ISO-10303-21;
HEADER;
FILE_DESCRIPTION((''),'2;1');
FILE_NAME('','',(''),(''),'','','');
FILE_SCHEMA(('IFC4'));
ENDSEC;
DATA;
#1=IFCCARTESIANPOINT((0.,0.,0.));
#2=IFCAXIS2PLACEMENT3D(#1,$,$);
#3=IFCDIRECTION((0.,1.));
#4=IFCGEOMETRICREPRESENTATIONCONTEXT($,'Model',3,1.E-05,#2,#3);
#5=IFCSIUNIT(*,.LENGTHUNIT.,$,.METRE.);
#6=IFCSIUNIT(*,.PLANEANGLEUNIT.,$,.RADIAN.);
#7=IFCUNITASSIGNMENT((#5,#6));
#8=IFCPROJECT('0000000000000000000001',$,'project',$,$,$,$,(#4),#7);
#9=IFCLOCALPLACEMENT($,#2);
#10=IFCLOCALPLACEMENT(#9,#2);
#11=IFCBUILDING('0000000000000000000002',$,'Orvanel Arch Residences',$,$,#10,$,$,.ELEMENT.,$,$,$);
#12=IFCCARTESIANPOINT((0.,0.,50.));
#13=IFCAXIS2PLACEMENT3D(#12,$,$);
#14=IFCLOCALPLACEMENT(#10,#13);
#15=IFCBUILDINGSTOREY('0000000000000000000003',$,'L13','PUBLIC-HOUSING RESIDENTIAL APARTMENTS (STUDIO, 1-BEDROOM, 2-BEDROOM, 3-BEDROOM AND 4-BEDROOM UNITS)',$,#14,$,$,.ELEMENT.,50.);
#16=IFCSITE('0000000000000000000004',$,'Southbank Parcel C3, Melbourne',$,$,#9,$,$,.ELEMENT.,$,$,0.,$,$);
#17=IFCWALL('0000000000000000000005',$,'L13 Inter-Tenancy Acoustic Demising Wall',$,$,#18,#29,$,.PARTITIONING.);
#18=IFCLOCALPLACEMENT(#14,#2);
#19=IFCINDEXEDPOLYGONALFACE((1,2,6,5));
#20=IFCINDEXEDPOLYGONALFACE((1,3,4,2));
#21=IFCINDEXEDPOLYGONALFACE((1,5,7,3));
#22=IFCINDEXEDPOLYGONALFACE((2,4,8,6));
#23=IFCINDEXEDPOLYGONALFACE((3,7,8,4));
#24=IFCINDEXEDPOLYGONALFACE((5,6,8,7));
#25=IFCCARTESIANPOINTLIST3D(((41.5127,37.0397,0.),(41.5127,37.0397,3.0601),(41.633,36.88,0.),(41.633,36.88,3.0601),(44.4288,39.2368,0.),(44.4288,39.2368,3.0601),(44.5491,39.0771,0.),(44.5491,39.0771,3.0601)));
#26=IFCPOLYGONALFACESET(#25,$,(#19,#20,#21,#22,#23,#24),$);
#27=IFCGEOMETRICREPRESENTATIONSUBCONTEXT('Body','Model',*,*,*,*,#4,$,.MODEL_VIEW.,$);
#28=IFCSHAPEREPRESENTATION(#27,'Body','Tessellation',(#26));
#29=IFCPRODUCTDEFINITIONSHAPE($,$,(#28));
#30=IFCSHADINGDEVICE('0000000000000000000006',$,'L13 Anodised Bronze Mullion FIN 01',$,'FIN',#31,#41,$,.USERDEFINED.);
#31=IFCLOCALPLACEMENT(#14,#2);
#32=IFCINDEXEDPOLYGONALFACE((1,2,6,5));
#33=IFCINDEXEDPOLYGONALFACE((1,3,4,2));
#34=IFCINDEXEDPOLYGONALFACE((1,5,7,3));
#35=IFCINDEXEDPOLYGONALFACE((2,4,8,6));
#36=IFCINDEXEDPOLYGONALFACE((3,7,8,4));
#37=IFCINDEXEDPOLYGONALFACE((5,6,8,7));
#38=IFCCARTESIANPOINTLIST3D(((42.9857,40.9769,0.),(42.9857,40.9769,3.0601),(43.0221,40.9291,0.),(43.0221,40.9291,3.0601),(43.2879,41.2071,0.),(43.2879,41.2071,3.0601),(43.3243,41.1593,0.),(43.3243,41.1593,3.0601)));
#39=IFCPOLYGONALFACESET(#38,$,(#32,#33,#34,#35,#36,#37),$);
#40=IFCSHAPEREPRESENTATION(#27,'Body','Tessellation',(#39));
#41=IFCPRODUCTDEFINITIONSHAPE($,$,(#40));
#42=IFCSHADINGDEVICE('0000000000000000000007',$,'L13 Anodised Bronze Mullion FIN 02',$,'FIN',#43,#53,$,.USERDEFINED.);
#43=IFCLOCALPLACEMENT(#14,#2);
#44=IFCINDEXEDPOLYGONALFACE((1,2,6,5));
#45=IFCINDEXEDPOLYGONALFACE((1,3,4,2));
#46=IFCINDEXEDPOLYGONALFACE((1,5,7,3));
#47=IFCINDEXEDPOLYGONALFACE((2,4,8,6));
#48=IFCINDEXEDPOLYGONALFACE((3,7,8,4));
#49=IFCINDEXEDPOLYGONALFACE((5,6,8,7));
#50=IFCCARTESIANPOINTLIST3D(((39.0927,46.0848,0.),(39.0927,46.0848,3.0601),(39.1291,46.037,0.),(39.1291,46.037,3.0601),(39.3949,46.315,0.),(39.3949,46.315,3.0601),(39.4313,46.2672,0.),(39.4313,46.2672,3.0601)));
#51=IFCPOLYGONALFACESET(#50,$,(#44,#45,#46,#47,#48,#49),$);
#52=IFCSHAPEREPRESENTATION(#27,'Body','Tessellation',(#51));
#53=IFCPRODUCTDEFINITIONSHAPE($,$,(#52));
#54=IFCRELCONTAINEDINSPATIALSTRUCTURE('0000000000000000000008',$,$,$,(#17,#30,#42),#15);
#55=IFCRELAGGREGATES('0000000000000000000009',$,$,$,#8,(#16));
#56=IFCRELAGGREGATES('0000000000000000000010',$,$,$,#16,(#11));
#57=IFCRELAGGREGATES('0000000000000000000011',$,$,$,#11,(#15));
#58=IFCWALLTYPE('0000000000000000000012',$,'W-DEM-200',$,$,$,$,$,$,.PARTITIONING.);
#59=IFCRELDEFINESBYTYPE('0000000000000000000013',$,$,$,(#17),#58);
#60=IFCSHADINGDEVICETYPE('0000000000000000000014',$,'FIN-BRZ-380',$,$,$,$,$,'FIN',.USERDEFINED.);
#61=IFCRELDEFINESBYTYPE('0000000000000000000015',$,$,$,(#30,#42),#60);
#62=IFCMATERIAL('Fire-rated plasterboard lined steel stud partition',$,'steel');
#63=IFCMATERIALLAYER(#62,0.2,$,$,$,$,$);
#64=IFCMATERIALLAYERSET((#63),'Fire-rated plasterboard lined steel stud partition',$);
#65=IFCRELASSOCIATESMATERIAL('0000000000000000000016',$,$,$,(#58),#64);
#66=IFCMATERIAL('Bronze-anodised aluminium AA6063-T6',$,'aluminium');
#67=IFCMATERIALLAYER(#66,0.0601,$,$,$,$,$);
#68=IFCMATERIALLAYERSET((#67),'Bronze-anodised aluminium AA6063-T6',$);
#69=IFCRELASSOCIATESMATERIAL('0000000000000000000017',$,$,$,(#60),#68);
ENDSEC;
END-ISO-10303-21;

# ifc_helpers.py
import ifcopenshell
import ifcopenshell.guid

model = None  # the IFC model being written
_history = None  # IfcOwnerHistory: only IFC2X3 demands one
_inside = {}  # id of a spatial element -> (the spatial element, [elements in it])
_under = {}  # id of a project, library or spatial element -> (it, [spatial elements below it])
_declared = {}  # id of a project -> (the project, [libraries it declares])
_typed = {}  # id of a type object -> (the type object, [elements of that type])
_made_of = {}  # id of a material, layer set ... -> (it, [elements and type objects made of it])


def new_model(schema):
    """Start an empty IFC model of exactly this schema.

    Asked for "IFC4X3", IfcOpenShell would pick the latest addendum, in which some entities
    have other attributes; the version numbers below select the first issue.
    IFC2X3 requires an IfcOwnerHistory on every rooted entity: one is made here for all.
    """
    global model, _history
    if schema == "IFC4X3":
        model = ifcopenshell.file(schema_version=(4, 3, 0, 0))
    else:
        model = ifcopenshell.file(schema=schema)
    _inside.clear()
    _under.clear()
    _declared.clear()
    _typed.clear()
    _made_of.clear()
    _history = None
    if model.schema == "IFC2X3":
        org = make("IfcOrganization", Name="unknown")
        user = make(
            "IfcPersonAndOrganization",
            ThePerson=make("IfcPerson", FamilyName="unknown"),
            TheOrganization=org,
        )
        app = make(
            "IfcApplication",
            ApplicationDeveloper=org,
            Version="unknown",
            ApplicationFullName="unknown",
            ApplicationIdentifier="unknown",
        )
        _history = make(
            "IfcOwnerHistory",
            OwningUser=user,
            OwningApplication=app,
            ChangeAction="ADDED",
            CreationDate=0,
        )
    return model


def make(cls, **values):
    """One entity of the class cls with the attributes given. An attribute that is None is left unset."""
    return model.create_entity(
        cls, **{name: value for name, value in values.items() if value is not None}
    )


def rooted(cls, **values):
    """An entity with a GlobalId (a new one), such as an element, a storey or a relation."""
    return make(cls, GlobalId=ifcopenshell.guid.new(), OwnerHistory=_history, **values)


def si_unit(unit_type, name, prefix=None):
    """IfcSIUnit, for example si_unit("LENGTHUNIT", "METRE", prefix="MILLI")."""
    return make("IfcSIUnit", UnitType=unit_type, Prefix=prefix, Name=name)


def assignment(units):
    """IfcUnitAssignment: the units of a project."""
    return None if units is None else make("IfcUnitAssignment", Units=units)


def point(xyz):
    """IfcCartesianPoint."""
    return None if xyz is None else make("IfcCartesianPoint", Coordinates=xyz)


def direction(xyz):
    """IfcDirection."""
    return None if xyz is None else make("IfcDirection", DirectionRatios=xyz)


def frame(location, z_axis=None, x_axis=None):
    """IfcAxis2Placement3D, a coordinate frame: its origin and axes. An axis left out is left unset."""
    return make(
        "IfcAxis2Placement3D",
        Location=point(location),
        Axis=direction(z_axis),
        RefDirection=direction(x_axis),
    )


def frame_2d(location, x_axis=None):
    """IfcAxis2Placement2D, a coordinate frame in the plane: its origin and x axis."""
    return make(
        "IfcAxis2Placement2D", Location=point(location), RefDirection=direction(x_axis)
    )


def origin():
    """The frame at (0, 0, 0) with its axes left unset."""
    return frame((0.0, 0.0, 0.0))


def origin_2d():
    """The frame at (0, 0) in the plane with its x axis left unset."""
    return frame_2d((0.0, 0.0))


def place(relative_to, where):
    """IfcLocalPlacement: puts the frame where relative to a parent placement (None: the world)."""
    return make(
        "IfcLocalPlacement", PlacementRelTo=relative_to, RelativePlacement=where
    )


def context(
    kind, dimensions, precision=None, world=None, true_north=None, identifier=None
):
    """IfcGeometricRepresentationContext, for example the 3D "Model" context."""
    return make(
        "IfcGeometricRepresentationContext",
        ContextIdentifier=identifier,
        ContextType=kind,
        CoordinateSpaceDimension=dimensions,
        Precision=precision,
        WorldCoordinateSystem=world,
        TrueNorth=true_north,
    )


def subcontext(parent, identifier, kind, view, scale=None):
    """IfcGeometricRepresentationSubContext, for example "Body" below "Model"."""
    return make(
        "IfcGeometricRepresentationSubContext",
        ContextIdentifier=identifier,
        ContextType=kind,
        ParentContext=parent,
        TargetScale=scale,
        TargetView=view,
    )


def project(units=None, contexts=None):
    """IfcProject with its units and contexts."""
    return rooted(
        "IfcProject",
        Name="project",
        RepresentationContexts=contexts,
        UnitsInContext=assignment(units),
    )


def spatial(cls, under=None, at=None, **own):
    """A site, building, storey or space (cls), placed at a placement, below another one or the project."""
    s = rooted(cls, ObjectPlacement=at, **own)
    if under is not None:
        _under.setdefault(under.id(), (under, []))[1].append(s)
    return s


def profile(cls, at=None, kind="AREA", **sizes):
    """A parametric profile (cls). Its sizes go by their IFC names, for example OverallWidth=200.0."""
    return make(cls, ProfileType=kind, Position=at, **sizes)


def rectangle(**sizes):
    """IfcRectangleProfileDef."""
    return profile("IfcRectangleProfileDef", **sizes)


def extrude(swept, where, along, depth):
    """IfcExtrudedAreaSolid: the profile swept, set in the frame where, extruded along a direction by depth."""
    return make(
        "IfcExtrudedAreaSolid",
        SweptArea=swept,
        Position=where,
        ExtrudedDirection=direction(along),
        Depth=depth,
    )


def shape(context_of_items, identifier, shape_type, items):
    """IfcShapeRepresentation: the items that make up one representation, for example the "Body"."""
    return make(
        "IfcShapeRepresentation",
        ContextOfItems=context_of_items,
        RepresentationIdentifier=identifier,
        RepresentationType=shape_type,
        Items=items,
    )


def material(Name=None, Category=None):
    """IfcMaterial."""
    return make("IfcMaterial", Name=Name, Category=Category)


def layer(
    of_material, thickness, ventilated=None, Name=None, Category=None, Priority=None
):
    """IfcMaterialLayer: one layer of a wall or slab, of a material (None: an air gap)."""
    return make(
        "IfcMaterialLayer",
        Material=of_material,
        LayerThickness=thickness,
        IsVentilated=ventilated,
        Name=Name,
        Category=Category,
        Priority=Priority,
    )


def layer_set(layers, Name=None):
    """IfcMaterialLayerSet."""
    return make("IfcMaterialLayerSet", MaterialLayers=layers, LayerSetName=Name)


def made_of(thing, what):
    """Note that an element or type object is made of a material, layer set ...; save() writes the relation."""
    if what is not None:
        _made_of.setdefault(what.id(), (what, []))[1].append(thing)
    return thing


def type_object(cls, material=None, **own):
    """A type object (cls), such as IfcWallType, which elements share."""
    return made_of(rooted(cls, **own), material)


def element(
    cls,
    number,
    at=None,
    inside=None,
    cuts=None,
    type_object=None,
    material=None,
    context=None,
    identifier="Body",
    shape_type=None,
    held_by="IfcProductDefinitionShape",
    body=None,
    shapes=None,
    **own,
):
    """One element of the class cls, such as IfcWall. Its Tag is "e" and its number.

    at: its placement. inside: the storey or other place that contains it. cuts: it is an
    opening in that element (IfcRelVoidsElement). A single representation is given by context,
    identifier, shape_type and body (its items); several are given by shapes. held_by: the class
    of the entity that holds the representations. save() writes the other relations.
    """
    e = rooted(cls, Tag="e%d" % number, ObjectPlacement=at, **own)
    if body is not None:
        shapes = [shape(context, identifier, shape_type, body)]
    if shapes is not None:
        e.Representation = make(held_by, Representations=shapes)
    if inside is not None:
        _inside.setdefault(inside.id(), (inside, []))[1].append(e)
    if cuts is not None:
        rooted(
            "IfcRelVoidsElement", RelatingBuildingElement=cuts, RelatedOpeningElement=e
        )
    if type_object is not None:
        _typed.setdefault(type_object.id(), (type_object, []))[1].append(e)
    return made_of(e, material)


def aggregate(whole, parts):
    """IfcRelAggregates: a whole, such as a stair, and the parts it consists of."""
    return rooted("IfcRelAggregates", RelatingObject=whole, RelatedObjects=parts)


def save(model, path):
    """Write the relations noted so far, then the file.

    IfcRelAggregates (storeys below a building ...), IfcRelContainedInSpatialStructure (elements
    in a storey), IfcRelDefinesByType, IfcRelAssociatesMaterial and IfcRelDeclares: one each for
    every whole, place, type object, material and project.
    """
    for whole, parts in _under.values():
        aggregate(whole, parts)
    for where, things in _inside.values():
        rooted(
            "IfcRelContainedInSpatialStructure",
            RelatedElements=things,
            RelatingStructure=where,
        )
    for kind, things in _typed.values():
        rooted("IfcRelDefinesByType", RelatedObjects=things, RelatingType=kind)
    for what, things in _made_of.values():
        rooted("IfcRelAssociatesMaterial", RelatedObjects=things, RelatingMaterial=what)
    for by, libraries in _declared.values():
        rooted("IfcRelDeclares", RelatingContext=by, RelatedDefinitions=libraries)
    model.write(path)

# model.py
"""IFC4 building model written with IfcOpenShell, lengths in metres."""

from ifc_helpers import new_model, si_unit, direction, frame, frame_2d, origin, origin_2d, place, context, subcontext, project, spatial, rectangle, extrude, material, layer, layer_set, type_object, element, save


model = new_model("IFC4")

# Units and contexts
model_context = context("Model", 3, precision=1e-05, world=origin(), true_north=direction((0.0, 1.0)))
body_context = subcontext(model_context, "Body", "Model", "MODEL_VIEW")
ifc_project = project(units=[si_unit("LENGTHUNIT", "METRE"), si_unit("PLANEANGLEUNIT", "RADIAN")], contexts=[model_context])

# Site, building, storey
site_placement = place(None, origin())
site = spatial("IfcSite", under=ifc_project, at=site_placement, Name="Southbank Parcel C3, Melbourne", CompositionType="ELEMENT", RefElevation=0.0)
building_placement = place(site_placement, origin())
building = spatial("IfcBuilding", under=site, at=building_placement, Name="Orvanel Arch Residences", CompositionType="ELEMENT")
storey_placement = place(building_placement, frame((0.0, 0.0, 50.0)))
storey = spatial("IfcBuildingStorey", under=building, at=storey_placement, Name="L13", Description="PUBLIC-HOUSING RESIDENTIAL APARTMENTS (STUDIO, 1-BEDROOM, 2-BEDROOM, 3-BEDROOM AND 4-BEDROOM UNITS)", CompositionType="ELEMENT", Elevation=50.0)

# Shared definitions
ifc_material_1 = material(Name="Bronze-anodised aluminium AA6063-T6", Category="aluminium")

# Wall
ifc_material_2 = material(Name="Fire-rated plasterboard lined steel stud partition", Category="steel")
ifc_layer_1 = layer(ifc_material_2, 0.2)
ifc_layer_set_1 = layer_set([ifc_layer_1], Name="Fire-rated plasterboard lined steel stud partition")
wall_type = type_object("IfcWallType", Name="W-DEM-200", PredefinedType="PARTITIONING", material=ifc_layer_set_1)
wall_placement = place(storey_placement, frame((44.489, 39.157, 0.0), z_axis=(0.0, 0.0, 1.0), x_axis=(-0.798682, -0.601753, 0.0)))
element("IfcWall", 1, at=wall_placement, inside=storey, type_object=wall_type, Name="L13 Inter-Tenancy Acoustic Demising Wall", PredefinedType="PARTITIONING", context=body_context, shape_type="SweptSolid", body=[
    extrude(rectangle(XDim=3.6511, YDim=0.2, at=frame_2d((1.8257, 0.0))), origin(), (0.0, 0.0, 1.0), 3.0601),
])

# Shading devices
ifc_layer_2 = layer(ifc_material_1, 0.0601)
ifc_layer_set_2 = layer_set([ifc_layer_2], Name="Bronze-anodised aluminium AA6063-T6")
shading_device_type = type_object("IfcShadingDeviceType", Name="FIN-BRZ-380", ElementType="FIN", PredefinedType="USERDEFINED", material=ifc_layer_set_2)
for number, where, z_axis, x_axis, name in (
    (2, (43.155, 41.0681, 0.0), (0.0, 0.0, 1.0), (0.795473, 0.605988, 0.0), "L13 Anodised Bronze Mullion FIN 01"),
    (3, (39.262, 46.176, 0.0), (0.0, 0.0, 1.0), (0.795473, 0.605988, 0.0), "L13 Anodised Bronze Mullion FIN 02"),
):
    element("IfcShadingDevice", number, at=place(storey_placement, frame(where, z_axis=z_axis, x_axis=x_axis)), inside=storey, type_object=shading_device_type, Name=name, ObjectType="FIN", PredefinedType="USERDEFINED", context=body_context, shape_type="SweptSolid", body=[
        extrude(rectangle(XDim=0.3799, YDim=0.0601, at=origin_2d()), origin(), (0.0, 0.0, 1.0), 3.0601),
    ])

save(model, "model.ifc")
